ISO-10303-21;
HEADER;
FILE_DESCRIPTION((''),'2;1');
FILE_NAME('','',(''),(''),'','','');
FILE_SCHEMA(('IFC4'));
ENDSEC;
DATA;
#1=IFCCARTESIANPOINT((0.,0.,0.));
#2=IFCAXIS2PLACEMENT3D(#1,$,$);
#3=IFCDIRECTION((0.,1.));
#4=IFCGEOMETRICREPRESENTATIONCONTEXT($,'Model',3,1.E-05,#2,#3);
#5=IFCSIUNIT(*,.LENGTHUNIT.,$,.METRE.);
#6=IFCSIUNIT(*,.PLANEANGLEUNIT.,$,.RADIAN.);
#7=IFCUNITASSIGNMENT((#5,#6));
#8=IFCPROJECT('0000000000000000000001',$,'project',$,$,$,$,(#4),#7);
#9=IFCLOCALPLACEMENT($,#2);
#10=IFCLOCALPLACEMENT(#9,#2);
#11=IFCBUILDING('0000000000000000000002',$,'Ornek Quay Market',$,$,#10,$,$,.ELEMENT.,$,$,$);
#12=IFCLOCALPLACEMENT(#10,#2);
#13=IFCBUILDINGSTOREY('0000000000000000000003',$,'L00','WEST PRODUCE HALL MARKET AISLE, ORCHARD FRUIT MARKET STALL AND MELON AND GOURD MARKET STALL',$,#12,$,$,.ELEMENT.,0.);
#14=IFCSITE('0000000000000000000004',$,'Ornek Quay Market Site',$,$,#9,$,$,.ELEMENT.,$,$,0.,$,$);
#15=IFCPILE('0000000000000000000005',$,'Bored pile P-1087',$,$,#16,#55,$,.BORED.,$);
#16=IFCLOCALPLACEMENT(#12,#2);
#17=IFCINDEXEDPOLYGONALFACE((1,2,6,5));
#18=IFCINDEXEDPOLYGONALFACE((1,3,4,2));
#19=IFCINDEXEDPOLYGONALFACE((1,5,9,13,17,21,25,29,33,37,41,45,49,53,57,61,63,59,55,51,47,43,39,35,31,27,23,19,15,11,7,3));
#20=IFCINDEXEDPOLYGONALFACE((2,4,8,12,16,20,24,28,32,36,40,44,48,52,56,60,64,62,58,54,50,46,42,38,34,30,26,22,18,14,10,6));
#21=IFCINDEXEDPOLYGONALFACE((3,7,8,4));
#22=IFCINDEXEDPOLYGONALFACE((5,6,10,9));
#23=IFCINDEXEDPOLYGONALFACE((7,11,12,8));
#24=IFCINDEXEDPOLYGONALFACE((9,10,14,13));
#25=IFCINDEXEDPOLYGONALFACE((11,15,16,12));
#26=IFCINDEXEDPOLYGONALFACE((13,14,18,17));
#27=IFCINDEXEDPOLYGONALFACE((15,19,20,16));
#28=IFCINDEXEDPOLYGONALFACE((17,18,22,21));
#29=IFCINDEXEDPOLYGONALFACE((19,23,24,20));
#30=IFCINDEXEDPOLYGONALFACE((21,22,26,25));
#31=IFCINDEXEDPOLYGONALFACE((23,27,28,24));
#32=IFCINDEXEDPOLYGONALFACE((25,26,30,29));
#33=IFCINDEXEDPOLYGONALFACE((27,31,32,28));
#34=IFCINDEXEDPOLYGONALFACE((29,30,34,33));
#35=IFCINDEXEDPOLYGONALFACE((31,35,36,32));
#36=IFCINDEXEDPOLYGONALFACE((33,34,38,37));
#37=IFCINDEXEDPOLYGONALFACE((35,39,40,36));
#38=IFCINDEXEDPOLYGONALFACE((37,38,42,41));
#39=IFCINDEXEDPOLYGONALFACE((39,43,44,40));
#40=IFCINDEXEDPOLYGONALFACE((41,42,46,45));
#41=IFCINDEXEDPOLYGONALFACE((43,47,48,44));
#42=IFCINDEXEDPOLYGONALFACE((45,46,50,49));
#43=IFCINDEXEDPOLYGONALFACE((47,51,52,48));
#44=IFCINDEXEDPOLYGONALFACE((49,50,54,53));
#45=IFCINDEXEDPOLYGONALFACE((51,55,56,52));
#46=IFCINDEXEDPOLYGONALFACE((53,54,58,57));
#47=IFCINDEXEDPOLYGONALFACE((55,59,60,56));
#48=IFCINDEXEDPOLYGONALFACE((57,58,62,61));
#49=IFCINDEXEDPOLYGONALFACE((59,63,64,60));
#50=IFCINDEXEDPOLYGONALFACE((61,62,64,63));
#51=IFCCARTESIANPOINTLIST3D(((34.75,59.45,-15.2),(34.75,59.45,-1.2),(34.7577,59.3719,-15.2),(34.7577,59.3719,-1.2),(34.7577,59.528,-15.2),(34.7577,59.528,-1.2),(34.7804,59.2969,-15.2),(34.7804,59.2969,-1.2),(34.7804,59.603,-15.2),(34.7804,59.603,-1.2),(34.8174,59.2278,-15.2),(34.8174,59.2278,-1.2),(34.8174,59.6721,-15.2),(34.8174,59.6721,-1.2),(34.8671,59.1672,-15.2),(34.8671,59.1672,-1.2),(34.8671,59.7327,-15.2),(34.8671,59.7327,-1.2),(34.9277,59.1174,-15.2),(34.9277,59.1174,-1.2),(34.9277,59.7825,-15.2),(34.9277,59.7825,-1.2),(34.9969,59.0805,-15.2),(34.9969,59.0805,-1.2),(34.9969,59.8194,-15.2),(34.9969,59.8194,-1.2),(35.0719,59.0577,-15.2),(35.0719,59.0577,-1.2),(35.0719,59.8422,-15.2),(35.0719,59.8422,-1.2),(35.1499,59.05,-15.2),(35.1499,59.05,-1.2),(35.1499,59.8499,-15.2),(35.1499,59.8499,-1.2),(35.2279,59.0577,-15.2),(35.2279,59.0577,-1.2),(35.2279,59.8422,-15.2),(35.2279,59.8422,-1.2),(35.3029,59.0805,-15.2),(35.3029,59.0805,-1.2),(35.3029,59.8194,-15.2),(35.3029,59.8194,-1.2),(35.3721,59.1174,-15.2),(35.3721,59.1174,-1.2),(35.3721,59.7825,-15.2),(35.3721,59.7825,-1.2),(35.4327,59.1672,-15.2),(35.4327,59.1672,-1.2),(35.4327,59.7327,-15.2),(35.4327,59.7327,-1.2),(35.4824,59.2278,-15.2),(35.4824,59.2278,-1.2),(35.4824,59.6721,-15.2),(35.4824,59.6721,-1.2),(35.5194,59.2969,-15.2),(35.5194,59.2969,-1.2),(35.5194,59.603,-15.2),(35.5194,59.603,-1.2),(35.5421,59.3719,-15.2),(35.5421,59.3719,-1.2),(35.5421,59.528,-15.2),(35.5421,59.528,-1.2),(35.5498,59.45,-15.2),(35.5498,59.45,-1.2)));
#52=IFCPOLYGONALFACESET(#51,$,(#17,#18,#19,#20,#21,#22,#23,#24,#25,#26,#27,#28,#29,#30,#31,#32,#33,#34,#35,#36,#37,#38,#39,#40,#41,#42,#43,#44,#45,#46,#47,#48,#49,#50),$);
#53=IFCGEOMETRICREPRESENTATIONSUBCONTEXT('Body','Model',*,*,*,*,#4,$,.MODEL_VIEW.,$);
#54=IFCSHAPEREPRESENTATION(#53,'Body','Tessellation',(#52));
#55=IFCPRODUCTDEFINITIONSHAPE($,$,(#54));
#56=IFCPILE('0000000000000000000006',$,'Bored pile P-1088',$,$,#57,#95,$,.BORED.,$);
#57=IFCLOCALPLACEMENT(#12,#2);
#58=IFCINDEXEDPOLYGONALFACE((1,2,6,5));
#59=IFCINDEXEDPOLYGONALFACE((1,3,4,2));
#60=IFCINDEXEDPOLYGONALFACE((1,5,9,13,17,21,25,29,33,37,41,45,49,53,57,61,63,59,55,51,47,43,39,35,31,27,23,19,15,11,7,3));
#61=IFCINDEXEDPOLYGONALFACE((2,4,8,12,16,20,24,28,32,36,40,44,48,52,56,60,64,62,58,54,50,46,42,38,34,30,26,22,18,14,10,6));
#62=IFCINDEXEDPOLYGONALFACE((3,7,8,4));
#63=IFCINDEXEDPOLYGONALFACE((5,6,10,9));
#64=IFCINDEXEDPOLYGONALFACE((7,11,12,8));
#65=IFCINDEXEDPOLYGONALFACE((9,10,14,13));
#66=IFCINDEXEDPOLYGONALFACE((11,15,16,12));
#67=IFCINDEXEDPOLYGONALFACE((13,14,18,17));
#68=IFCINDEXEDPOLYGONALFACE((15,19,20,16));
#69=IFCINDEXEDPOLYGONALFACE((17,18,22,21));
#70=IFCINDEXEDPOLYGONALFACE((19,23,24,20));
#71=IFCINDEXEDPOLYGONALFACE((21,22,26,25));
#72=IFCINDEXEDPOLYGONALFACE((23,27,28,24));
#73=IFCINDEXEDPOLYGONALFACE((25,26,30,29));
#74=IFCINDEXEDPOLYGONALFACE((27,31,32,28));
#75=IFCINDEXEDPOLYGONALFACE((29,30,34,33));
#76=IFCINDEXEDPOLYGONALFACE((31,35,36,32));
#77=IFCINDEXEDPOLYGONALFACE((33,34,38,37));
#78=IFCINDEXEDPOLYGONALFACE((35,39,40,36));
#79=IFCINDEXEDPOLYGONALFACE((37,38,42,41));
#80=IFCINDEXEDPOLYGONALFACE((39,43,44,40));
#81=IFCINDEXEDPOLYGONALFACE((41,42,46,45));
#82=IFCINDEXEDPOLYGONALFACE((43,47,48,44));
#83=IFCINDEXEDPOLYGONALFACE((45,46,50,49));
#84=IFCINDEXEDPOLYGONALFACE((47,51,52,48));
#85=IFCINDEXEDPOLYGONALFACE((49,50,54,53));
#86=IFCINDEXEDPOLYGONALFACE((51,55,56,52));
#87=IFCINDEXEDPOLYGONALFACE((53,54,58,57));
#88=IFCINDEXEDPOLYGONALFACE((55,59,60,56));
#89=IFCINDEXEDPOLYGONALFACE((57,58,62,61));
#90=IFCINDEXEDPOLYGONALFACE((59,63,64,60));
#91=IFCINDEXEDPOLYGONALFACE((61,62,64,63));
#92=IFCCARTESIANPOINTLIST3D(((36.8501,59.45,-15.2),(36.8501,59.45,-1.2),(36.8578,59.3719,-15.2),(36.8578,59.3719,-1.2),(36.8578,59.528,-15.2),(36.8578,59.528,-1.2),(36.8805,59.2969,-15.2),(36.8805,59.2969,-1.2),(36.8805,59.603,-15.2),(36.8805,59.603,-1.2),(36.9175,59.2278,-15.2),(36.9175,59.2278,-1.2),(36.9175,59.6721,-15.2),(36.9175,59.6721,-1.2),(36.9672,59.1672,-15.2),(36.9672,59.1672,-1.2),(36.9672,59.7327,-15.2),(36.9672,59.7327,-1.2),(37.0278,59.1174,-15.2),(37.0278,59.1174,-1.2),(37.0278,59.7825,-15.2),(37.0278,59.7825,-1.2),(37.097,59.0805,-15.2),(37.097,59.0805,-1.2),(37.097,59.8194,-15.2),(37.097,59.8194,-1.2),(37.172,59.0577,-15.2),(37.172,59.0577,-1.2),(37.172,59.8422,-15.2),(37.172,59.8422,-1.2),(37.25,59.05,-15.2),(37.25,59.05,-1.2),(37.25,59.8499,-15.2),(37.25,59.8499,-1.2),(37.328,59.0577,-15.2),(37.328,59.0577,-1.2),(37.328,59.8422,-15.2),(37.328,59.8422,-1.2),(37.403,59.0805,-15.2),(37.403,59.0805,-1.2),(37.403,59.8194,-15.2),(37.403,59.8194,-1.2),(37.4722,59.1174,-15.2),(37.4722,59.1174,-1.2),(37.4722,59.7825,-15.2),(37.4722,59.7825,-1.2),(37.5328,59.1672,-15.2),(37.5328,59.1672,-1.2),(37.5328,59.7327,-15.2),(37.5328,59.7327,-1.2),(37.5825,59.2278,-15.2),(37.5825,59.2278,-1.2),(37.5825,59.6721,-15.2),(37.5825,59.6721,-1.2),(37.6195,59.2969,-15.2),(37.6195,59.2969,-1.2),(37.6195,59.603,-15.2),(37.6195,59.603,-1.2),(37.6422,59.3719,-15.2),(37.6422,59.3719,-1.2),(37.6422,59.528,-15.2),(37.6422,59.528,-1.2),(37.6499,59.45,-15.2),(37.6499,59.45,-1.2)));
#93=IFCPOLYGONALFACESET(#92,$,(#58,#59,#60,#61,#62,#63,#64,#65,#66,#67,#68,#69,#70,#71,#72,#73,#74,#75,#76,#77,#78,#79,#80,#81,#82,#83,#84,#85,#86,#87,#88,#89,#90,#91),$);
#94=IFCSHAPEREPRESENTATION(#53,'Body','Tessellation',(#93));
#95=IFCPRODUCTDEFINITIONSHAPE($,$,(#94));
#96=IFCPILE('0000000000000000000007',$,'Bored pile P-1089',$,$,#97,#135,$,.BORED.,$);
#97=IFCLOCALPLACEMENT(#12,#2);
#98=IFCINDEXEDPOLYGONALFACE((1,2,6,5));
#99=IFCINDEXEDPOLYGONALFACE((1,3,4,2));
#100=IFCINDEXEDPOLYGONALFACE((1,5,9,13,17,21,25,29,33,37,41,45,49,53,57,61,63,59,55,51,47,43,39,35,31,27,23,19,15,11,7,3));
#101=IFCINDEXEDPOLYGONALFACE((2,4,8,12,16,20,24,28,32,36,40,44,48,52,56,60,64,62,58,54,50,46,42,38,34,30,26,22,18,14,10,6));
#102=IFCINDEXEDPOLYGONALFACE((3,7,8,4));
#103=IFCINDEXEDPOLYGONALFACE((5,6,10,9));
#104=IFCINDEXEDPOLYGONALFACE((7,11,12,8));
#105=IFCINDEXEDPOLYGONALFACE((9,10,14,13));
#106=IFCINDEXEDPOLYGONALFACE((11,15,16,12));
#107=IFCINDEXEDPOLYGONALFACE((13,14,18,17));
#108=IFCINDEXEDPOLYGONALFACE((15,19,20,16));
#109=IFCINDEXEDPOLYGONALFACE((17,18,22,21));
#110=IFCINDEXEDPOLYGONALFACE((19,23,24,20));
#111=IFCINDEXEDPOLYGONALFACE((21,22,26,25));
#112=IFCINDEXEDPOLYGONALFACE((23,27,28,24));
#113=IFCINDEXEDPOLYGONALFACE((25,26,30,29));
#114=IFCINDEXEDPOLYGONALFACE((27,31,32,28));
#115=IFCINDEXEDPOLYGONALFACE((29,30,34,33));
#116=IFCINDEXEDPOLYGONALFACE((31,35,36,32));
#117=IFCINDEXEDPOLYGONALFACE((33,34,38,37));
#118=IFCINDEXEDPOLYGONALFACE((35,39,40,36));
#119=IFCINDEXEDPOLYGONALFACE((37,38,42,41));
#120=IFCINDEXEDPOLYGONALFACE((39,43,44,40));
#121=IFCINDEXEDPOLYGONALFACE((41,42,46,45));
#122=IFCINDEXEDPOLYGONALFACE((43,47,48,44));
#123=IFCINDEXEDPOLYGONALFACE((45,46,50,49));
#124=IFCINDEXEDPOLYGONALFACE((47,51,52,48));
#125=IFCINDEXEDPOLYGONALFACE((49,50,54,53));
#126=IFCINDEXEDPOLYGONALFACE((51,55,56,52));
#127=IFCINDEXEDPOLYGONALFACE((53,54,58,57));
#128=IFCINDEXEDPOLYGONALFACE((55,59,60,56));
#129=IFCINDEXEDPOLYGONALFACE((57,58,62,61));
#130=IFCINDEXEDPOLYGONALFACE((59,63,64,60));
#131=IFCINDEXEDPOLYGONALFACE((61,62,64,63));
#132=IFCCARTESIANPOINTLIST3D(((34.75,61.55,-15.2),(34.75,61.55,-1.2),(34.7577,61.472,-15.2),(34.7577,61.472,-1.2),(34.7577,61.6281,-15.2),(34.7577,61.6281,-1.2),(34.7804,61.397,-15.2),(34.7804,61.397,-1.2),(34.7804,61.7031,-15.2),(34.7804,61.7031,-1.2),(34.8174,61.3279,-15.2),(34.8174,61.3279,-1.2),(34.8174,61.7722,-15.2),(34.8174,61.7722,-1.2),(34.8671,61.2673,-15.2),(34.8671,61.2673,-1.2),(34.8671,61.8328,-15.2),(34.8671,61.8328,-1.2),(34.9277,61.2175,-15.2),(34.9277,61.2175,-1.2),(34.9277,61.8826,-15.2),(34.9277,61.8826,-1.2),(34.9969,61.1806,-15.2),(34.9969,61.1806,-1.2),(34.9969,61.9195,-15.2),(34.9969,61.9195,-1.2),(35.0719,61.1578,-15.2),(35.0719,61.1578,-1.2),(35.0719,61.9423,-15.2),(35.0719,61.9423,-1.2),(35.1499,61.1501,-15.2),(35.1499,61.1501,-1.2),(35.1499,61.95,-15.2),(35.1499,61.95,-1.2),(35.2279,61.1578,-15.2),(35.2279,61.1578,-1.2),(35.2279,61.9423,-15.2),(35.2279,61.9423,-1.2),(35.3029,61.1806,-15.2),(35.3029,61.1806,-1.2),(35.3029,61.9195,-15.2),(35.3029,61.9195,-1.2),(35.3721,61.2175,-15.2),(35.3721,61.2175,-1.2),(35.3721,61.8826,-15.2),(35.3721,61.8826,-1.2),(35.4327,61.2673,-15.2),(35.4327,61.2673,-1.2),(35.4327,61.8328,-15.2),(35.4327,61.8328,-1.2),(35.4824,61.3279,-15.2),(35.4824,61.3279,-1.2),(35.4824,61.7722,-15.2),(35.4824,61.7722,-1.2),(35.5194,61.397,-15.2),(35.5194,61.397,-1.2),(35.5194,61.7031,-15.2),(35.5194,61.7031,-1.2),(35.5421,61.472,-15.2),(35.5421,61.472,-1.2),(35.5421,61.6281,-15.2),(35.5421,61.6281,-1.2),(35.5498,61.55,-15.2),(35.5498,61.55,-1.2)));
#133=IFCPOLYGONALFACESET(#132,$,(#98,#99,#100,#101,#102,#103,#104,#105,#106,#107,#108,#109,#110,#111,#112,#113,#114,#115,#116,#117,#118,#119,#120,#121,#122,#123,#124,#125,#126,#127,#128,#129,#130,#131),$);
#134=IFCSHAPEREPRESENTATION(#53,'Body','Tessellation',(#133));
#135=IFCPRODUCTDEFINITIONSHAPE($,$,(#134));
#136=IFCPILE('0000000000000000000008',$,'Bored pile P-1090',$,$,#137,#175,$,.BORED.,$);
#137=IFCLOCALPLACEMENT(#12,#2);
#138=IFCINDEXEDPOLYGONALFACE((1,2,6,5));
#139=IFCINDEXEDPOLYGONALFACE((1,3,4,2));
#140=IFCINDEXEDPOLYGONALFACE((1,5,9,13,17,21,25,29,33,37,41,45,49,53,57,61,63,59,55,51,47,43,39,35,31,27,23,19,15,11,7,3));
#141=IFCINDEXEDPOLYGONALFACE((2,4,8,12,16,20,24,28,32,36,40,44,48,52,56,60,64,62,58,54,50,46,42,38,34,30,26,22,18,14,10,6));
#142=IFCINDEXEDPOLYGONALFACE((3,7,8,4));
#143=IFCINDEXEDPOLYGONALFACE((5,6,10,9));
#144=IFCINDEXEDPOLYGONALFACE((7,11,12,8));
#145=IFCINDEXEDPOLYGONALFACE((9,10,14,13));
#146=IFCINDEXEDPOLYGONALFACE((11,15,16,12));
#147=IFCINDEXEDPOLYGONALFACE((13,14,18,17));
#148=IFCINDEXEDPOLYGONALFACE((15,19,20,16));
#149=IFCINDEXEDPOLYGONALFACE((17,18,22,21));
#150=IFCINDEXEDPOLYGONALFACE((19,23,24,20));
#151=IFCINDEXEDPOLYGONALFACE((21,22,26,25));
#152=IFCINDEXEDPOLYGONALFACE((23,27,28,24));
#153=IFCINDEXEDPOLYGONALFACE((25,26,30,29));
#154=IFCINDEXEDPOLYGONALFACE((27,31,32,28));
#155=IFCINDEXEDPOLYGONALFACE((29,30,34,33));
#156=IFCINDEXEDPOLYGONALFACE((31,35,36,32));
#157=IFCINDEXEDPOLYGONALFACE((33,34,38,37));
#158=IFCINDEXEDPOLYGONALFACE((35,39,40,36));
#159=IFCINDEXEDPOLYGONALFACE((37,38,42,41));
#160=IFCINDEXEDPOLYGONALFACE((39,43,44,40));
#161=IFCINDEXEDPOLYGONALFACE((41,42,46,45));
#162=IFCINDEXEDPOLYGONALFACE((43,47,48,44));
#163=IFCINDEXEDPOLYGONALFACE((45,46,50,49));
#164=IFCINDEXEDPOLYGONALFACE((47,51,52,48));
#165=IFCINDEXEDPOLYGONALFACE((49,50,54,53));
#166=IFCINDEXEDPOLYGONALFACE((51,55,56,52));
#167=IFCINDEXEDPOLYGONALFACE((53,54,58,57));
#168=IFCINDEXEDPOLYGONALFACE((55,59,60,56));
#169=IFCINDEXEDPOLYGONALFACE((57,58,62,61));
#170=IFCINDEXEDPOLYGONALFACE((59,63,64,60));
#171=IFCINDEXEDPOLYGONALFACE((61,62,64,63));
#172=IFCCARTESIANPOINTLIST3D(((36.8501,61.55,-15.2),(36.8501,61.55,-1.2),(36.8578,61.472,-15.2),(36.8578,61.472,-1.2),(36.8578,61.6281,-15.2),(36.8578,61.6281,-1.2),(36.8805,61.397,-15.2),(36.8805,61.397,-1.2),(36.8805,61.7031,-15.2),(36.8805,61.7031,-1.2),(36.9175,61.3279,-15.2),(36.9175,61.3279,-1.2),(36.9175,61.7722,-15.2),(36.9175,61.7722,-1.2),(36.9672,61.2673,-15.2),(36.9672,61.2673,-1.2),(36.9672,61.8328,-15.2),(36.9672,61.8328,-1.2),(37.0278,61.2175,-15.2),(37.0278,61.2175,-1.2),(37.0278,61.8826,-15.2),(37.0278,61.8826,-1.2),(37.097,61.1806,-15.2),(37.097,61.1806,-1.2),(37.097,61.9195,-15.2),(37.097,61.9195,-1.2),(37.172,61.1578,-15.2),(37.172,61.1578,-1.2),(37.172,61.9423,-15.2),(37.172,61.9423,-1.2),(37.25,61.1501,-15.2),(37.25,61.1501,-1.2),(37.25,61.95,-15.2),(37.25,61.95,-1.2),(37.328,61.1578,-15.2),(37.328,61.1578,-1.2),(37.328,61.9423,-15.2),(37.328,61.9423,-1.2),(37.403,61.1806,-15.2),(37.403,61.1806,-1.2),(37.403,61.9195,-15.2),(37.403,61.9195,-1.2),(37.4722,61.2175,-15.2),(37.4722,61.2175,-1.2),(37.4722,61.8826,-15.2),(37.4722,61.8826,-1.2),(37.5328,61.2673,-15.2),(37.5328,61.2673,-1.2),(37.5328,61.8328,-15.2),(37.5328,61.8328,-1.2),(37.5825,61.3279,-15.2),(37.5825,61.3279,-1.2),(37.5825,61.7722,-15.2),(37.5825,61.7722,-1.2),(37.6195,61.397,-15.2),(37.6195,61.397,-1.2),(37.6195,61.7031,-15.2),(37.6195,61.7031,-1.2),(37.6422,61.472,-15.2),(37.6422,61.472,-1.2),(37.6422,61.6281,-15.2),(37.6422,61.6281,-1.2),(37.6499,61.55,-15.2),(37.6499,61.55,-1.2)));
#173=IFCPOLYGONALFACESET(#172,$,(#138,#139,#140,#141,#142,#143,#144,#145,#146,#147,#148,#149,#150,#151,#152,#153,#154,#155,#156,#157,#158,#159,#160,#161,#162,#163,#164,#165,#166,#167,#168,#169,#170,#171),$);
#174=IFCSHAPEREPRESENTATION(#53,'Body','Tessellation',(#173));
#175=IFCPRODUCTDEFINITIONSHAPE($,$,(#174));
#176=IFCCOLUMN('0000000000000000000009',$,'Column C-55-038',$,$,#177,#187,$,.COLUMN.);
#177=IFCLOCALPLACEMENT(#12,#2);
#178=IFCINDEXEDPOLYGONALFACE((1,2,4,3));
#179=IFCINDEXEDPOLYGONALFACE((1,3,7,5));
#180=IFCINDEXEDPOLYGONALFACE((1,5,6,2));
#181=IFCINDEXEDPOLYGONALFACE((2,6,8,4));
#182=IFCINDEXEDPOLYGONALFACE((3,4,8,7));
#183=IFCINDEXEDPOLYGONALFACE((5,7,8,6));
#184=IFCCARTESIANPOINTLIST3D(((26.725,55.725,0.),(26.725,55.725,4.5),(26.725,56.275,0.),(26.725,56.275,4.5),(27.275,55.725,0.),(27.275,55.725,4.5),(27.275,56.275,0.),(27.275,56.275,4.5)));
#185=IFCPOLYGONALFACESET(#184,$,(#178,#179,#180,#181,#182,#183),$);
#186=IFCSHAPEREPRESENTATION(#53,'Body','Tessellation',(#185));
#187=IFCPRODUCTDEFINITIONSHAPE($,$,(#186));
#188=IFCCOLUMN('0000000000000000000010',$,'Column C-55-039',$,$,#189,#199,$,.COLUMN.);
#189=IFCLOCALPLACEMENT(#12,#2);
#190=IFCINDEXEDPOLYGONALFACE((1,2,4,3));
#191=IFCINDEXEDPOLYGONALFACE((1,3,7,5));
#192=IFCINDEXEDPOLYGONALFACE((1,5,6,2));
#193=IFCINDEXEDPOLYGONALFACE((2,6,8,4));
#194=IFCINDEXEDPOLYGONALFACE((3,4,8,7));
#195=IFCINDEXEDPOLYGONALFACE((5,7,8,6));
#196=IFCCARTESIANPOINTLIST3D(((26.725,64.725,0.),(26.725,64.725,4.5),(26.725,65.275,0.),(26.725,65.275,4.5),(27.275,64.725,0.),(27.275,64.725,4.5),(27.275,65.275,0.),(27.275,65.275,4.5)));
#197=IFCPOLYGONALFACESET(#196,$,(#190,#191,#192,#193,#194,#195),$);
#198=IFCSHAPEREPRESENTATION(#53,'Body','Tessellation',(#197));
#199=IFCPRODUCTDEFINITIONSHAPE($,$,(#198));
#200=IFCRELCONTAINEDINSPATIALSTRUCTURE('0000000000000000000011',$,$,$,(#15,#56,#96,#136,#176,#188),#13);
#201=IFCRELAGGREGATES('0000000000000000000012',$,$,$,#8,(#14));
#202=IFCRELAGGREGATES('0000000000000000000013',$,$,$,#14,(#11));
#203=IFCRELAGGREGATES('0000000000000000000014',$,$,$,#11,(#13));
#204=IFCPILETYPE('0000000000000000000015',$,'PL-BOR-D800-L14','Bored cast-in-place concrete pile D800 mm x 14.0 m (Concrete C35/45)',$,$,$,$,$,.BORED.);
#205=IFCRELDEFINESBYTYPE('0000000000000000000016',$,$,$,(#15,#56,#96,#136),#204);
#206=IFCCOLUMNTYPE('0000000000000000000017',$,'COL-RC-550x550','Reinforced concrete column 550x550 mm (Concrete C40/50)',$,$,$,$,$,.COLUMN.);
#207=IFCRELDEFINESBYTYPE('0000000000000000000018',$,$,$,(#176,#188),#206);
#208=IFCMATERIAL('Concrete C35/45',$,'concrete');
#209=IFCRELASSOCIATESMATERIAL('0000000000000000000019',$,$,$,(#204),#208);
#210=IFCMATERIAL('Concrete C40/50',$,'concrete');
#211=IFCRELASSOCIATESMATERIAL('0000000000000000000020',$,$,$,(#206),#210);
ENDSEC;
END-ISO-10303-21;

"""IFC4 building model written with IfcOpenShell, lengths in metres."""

from ifc_helpers import new_model, si_unit, direction, frame, origin, origin_2d, place, context, subcontext, project, spatial, rectangle, circle, extrude, material, material_profile, profile_set, type_object, element, save


model = new_model("IFC4")

# Units and contexts
model_context = context("Model", 3, precision=1e-05, world=origin(), true_north=direction((0.0, 1.0)))
body_context = subcontext(model_context, "Body", "Model", "MODEL_VIEW")
ifc_project = project(units=[si_unit("LENGTHUNIT", "METRE"), si_unit("PLANEANGLEUNIT", "RADIAN")], contexts=[model_context])

# Site, building, storey
site_placement = place(None, origin())
site = spatial("IfcSite", under=ifc_project, at=site_placement, Name="Ornek Quay Market Site", CompositionType="ELEMENT", RefElevation=0.0)
building_placement = place(site_placement, origin())
building = spatial("IfcBuilding", under=site, at=building_placement, Name="Ornek Quay Market", CompositionType="ELEMENT")
storey_placement = place(building_placement, origin())
storey = spatial("IfcBuildingStorey", under=building, at=storey_placement, Name="L00", Description="WEST PRODUCE HALL MARKET AISLE, ORCHARD FRUIT MARKET STALL AND MELON AND GOURD MARKET STALL", CompositionType="ELEMENT", Elevation=0.0)

# Piles
ifc_material_1 = material(Name="Concrete C35/45", Category="concrete")
ifc_material_profile_1 = material_profile(ifc_material_1, circle(Radius=0.3999, at=origin_2d()), Name="PILE D800", Category="concrete")
ifc_profile_set_1 = profile_set([ifc_material_profile_1], Name="Concrete C35/45")
pile_type_1 = type_object("IfcPileType", Name="PL-BOR-D800-L14", Description="Bored cast-in-place concrete pile D800 mm x 14.0 m (Concrete C35/45)", PredefinedType="BORED", material=ifc_profile_set_1)
for number, where, z_axis, x_axis, name in (
    (1, (35.1499, 59.45, -1.2), (0.0, 0.0, -1.0), (1.0, 0.0, 0.0), "Bored pile P-1087"),
    (2, (37.25, 59.45, -1.2), (0.0, 0.0, -1.0), (1.0, 0.0, 0.0), "Bored pile P-1088"),
    (3, (35.1499, 61.55, -1.2), (0.0, 0.0, -1.0), (1.0, 0.0, 0.0), "Bored pile P-1089"),
    (4, (37.25, 61.55, -1.2), (0.0, 0.0, -1.0), (1.0, 0.0, 0.0), "Bored pile P-1090"),
):
    element("IfcPile", number, at=place(storey_placement, frame(where, z_axis=z_axis, x_axis=x_axis)), inside=storey, type_object=pile_type_1, Name=name, PredefinedType="BORED", context=body_context, shape_type="SweptSolid", body=[
        extrude(circle(Radius=0.3999, at=origin_2d()), origin(), (0.0, 0.0, 1.0), 14.0),
    ])

# Columns
ifc_material_2 = material(Name="Concrete C40/50", Category="concrete")
ifc_material_profile_2 = material_profile(ifc_material_2, rectangle(XDim=0.55, YDim=0.55, at=origin_2d()), Name="RC 550x550", Category="concrete")
ifc_profile_set_2 = profile_set([ifc_material_profile_2], Name="Concrete C40/50")
column_type_1 = type_object("IfcColumnType", Name="COL-RC-550x550", Description="Reinforced concrete column 550x550 mm (Concrete C40/50)", PredefinedType="COLUMN", material=ifc_profile_set_2)
for number, where, z_axis, x_axis, name in (
    (5, (27.0, 56.0, 0.0), (0.0, 0.0, 1.0), (1.0, 0.0, 0.0), "Column C-55-038"),
    (6, (27.0, 65.0, 0.0), (0.0, 0.0, 1.0), (1.0, 0.0, 0.0), "Column C-55-039"),
):
    element("IfcColumn", number, at=place(storey_placement, frame(where, z_axis=z_axis, x_axis=x_axis)), inside=storey, type_object=column_type_1, Name=name, PredefinedType="COLUMN", context=body_context, shape_type="SweptSolid", body=[
        extrude(rectangle(XDim=0.55, YDim=0.55, at=origin_2d()), origin(), (0.0, 0.0, 1.0), 4.5),
    ])

save(model, "model.ifc")
